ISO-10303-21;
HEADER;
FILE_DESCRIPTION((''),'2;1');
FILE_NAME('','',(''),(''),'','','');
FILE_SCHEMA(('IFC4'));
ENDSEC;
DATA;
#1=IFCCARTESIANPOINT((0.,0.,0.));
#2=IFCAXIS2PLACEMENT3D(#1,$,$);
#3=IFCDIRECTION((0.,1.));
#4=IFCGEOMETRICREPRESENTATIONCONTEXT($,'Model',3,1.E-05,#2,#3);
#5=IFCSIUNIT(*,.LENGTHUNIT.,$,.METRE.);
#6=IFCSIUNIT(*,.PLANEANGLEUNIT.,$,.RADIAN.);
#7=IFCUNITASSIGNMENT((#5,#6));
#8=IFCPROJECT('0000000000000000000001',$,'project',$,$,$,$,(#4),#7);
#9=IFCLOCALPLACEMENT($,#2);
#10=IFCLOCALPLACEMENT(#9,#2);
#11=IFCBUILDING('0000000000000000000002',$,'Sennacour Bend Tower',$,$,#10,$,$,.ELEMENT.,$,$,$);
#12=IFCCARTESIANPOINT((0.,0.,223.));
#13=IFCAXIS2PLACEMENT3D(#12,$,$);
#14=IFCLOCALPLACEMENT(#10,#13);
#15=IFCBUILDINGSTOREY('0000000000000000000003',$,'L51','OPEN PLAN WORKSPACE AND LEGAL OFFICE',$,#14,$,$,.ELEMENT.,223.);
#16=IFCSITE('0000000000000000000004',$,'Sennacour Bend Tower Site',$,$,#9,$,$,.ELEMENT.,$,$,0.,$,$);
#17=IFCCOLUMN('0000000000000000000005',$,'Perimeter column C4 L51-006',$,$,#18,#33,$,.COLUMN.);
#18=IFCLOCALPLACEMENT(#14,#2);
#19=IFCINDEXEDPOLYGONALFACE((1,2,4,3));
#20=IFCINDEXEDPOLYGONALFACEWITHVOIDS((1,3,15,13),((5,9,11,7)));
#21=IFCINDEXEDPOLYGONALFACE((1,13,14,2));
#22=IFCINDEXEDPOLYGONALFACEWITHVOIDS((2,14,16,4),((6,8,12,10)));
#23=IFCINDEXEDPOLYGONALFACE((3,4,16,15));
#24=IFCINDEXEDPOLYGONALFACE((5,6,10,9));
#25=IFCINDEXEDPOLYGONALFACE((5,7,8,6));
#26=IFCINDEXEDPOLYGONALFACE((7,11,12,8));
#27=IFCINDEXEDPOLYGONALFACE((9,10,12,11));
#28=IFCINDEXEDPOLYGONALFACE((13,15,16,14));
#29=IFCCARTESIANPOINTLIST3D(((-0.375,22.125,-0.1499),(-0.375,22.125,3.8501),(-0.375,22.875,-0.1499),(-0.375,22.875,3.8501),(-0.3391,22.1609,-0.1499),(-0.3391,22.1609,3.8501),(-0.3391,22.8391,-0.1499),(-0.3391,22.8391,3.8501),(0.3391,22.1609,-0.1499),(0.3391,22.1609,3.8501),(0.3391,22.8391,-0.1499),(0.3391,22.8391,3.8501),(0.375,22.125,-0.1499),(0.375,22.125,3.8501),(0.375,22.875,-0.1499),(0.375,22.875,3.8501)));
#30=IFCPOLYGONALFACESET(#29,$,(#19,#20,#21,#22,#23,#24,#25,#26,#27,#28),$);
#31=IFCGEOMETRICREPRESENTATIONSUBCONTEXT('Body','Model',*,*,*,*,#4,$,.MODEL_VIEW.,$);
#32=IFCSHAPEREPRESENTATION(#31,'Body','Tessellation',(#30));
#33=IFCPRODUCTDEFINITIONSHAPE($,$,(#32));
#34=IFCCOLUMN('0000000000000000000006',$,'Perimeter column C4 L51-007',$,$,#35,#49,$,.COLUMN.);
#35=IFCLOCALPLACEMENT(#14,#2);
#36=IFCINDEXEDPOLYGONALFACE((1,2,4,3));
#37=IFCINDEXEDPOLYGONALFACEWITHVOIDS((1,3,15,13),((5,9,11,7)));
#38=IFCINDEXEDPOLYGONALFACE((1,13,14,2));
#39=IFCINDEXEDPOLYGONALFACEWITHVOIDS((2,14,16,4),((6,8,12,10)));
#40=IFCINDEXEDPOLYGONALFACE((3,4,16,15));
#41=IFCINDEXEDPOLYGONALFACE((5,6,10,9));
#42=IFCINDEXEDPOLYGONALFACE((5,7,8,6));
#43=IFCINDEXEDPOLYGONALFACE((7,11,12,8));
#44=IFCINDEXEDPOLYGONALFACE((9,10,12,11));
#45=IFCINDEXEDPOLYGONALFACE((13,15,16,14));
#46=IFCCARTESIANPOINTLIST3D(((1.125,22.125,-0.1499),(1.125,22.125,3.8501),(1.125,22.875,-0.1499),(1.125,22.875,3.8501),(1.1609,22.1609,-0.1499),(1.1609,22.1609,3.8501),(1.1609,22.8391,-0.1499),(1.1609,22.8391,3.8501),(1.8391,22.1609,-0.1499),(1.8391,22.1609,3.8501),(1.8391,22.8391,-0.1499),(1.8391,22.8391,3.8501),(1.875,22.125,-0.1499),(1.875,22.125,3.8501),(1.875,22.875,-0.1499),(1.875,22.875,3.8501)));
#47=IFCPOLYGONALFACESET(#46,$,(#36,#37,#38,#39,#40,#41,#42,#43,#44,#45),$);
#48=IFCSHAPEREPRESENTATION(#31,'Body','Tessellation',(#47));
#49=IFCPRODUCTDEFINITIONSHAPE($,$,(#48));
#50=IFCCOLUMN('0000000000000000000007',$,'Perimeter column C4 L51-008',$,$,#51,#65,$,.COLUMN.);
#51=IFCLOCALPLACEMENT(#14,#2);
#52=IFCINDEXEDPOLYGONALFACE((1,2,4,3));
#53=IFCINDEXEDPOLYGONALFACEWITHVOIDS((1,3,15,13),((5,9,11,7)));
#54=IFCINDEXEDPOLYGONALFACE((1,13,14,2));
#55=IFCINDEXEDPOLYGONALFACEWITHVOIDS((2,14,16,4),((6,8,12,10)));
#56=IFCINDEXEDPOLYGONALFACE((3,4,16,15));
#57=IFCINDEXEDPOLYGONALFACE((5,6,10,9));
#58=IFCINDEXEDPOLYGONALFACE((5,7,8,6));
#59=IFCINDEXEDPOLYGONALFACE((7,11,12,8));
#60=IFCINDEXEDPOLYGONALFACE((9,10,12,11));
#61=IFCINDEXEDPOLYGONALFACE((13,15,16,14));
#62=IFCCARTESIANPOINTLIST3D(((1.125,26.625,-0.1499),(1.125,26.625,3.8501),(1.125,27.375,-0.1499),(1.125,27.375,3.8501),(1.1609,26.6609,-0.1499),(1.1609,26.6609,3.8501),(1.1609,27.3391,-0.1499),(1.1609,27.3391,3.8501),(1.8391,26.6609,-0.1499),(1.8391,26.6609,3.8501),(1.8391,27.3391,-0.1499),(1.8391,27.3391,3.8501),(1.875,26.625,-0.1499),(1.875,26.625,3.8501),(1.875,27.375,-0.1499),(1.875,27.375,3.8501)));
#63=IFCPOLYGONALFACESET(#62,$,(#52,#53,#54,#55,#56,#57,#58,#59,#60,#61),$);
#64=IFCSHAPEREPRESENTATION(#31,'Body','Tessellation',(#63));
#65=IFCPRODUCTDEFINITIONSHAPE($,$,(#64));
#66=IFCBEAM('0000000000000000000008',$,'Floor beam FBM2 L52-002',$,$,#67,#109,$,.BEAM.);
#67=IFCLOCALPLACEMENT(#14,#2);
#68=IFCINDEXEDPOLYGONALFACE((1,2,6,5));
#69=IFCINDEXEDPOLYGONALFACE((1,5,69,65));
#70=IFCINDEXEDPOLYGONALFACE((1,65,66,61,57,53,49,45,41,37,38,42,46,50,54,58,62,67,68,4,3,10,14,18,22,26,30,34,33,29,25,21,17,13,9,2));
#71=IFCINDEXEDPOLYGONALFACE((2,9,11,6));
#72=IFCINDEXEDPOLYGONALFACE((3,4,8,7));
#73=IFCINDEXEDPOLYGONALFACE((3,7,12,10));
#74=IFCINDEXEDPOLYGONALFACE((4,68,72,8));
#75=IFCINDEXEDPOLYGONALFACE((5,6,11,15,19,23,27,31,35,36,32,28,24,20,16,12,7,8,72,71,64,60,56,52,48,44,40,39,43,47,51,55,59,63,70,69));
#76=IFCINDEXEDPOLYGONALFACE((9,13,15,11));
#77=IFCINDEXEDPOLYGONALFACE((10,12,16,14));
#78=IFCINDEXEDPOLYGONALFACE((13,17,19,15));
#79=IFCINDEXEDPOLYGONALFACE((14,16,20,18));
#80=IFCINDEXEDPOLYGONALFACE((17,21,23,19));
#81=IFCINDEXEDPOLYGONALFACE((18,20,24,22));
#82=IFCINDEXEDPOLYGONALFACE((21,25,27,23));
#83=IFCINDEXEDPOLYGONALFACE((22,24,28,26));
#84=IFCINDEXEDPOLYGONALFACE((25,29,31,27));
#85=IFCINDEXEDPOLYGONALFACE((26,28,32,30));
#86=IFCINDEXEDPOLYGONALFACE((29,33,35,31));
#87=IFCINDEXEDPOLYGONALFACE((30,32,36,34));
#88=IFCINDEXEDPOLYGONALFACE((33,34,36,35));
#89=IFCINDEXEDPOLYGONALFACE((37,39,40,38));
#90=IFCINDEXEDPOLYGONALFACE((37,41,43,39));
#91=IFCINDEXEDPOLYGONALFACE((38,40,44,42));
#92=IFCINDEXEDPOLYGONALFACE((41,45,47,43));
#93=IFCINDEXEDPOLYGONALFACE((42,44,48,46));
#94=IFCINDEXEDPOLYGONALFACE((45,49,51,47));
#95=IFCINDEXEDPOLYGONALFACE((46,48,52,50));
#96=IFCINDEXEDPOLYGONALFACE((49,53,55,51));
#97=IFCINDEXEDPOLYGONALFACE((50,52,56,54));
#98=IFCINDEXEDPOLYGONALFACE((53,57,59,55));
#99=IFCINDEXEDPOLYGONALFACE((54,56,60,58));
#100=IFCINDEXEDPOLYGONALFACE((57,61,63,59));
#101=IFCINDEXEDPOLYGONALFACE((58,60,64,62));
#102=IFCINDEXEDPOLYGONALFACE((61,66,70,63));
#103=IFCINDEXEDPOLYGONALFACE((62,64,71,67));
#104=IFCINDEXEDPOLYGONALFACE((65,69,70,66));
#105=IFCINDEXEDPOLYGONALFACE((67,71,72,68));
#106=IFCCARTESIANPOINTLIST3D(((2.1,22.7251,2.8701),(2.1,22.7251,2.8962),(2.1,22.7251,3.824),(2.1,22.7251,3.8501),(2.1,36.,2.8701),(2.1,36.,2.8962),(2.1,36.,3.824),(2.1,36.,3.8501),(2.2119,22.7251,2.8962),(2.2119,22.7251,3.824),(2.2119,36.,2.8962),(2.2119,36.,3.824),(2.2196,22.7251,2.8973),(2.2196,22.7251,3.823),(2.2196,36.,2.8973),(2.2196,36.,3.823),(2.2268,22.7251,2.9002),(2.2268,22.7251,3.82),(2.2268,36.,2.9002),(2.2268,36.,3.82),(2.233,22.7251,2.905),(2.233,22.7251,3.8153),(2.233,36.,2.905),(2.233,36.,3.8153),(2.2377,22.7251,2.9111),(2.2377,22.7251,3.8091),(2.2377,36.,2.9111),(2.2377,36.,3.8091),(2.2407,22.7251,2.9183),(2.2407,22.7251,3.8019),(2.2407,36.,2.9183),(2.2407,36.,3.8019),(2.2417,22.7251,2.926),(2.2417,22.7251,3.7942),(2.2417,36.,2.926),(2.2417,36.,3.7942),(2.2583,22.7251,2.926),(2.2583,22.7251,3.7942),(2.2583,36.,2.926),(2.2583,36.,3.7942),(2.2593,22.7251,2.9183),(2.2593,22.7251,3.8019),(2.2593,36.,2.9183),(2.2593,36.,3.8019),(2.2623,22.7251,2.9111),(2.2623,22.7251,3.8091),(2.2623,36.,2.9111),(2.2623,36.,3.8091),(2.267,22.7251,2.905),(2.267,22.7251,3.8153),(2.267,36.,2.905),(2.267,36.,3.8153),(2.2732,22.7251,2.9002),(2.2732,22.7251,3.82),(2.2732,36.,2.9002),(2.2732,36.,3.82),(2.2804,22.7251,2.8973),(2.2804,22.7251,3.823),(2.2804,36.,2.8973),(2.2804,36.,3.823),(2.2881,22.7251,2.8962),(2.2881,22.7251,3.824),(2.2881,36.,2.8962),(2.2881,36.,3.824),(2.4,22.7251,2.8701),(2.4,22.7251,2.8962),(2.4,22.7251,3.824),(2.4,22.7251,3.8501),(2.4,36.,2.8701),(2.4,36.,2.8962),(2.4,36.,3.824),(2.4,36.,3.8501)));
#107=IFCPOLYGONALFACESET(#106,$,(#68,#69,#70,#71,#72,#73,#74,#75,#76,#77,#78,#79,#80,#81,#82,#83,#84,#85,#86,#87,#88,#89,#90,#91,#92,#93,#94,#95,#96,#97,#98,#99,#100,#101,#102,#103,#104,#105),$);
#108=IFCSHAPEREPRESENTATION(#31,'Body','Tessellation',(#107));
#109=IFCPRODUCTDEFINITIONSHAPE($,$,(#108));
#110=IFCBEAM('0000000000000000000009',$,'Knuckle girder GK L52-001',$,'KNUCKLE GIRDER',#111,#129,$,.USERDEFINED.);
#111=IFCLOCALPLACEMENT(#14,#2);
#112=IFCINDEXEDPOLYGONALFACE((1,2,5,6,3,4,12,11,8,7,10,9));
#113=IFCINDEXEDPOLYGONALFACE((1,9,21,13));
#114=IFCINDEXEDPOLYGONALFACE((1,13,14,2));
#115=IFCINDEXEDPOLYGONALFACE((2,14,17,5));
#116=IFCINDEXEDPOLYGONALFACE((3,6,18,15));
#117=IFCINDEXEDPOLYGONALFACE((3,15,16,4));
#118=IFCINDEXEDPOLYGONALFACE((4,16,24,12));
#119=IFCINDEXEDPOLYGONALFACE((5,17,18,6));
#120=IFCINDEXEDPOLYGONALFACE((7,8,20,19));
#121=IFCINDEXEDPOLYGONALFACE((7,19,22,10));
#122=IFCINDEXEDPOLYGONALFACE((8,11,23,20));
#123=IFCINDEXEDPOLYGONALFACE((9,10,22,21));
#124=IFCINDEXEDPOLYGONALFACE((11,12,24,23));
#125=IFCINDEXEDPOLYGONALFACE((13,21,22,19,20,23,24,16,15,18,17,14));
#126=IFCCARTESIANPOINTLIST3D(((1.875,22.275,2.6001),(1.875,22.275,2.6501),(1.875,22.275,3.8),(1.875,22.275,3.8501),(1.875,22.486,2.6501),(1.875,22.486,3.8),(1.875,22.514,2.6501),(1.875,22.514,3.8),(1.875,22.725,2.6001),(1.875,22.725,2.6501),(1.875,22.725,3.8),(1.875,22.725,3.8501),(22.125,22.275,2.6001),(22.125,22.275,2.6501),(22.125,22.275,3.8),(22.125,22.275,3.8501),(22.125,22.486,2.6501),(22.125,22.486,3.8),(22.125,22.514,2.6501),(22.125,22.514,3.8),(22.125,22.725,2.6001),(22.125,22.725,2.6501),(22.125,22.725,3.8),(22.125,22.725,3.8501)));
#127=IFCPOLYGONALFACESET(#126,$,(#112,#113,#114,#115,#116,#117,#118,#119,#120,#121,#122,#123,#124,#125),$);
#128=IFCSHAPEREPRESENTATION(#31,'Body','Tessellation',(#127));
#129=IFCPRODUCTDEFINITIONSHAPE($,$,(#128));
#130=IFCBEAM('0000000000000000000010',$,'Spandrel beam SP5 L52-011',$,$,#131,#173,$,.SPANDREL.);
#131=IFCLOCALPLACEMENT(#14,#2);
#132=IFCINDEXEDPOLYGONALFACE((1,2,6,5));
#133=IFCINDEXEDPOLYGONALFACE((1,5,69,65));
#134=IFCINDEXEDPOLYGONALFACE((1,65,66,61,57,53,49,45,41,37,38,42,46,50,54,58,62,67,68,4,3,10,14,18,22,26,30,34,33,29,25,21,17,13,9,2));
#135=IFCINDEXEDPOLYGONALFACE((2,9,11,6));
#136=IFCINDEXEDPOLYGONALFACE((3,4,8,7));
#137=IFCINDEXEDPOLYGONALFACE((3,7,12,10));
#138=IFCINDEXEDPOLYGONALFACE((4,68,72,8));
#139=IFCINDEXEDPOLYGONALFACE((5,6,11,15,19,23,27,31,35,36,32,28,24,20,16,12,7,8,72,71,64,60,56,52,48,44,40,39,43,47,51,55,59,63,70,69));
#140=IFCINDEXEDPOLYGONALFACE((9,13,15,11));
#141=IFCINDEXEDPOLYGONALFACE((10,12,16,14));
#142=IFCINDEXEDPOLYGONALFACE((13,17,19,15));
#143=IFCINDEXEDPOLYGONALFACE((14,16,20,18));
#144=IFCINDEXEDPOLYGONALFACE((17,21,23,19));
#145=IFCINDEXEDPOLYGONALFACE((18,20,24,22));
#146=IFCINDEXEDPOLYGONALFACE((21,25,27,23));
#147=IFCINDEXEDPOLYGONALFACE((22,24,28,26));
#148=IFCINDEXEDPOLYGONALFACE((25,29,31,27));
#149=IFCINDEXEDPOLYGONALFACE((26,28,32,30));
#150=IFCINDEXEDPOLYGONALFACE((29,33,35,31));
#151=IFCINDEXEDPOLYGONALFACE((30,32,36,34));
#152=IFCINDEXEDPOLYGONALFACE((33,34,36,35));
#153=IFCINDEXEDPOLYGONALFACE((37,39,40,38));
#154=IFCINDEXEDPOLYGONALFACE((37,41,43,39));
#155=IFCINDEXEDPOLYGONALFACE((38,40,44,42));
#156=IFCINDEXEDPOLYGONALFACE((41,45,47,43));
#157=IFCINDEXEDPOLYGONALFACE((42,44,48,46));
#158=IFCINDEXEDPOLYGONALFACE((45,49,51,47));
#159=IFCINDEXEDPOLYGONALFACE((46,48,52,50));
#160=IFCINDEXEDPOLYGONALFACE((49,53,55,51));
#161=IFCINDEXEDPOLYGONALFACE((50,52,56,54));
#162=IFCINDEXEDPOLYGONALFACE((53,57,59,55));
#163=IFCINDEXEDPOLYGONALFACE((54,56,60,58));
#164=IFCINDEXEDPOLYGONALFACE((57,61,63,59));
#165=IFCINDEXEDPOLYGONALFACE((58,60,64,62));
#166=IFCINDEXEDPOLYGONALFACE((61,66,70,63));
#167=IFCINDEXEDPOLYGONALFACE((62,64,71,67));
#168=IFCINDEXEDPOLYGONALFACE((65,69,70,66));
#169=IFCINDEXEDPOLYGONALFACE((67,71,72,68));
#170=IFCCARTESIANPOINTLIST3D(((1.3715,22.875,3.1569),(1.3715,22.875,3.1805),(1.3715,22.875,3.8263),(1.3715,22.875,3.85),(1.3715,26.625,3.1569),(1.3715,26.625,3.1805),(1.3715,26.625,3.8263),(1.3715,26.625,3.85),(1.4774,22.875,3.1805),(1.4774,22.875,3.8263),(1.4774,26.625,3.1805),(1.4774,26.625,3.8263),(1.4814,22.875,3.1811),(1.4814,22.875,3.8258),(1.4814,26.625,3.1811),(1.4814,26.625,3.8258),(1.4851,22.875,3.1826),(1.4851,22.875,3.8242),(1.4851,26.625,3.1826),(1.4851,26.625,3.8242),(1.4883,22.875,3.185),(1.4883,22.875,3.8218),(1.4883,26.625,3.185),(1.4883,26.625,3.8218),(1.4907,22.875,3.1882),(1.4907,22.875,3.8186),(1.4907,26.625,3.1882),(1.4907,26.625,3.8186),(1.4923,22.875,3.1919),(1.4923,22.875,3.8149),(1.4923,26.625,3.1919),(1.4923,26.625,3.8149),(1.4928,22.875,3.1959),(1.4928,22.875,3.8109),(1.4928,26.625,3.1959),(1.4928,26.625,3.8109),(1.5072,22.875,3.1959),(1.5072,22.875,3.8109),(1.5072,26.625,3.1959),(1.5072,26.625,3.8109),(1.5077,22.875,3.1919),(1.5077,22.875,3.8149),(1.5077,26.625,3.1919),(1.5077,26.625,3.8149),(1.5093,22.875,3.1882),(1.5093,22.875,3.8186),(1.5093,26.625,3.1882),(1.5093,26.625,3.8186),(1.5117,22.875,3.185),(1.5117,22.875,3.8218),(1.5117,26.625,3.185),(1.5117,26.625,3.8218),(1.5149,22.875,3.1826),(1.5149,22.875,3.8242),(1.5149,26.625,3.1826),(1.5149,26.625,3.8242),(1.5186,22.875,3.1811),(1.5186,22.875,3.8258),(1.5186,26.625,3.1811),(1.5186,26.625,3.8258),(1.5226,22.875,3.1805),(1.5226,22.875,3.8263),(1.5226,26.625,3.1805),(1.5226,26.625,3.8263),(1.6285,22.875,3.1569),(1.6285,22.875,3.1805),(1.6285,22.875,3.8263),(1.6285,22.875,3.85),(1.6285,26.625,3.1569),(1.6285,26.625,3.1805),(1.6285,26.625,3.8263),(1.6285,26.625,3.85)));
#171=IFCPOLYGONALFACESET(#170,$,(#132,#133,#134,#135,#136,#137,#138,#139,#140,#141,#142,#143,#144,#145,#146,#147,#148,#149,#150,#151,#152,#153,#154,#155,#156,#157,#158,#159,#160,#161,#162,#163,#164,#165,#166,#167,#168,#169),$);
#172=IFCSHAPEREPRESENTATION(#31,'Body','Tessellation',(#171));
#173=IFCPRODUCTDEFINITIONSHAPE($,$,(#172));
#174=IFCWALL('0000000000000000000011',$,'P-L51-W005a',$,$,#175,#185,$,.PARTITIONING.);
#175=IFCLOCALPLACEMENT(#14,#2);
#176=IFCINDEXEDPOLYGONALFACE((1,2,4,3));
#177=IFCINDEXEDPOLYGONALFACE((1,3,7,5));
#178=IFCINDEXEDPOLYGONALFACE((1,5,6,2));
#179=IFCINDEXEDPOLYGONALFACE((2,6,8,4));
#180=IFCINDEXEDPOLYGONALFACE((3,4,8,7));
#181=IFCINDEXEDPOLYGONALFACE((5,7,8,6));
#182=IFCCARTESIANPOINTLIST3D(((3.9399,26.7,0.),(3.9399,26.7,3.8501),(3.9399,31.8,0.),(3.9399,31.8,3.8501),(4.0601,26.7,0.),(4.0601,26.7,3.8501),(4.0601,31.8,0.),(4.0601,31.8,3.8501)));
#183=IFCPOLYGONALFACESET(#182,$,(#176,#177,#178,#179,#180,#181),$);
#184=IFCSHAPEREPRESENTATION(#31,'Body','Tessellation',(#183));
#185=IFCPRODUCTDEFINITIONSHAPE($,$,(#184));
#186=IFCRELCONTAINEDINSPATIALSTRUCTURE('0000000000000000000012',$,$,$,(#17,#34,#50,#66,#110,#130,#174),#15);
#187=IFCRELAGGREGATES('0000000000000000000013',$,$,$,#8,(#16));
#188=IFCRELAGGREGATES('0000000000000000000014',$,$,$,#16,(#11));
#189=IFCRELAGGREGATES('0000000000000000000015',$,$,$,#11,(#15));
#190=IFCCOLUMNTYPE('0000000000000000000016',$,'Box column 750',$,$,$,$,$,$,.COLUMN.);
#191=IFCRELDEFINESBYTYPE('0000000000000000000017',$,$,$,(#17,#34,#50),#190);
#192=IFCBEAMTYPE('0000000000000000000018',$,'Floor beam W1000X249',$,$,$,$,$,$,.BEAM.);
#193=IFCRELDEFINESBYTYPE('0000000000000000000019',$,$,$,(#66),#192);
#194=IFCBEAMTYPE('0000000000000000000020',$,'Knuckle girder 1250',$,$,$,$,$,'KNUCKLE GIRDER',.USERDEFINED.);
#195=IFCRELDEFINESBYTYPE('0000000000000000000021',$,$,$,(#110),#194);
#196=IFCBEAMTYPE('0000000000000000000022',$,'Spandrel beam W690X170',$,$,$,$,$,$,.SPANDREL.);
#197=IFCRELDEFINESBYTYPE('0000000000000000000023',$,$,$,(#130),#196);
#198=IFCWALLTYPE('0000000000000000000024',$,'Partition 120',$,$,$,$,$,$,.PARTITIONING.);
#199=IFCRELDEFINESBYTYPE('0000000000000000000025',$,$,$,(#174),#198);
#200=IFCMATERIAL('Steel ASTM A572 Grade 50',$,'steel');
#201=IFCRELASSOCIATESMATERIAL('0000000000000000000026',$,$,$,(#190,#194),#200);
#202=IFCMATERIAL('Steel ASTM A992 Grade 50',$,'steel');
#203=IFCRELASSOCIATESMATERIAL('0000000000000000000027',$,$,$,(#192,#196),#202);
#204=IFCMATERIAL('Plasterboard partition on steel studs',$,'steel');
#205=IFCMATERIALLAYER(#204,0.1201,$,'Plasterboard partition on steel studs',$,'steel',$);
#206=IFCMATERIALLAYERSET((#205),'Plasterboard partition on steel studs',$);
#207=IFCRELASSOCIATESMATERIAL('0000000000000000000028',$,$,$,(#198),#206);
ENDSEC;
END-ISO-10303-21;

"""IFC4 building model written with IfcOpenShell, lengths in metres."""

from ifc_helpers import new_model, si_unit, direction, frame, frame_2d, origin, origin_2d, place, context, subcontext, project, spatial, rectangle, hollow_rectangle, i_section, extrude, material, layer, layer_set, material_profile, profile_set, type_object, element, save


model = new_model("IFC4")

# Units and contexts
model_context = context("Model", 3, precision=1e-05, world=origin(), true_north=direction((0.0, 1.0)))
body_context = subcontext(model_context, "Body", "Model", "MODEL_VIEW")
ifc_project = project(units=[si_unit("LENGTHUNIT", "METRE"), si_unit("PLANEANGLEUNIT", "RADIAN")], contexts=[model_context])

# Site, building, storey
site_placement = place(None, origin())
site = spatial("IfcSite", under=ifc_project, at=site_placement, Name="Sennacour Bend Tower Site", CompositionType="ELEMENT", RefElevation=0.0)
building_placement = place(site_placement, origin())
building = spatial("IfcBuilding", under=site, at=building_placement, Name="Sennacour Bend Tower", CompositionType="ELEMENT")
storey_placement = place(building_placement, frame((0.0, 0.0, 223.0)))
storey = spatial("IfcBuildingStorey", under=building, at=storey_placement, Name="L51", Description="OPEN PLAN WORKSPACE AND LEGAL OFFICE", CompositionType="ELEMENT", Elevation=223.0)

# Columns
ifc_material_1 = material(Name="Steel ASTM A572 Grade 50", Category="steel")
ifc_material_profile_1 = material_profile(ifc_material_1, hollow_rectangle(XDim=0.75, YDim=0.75, WallThickness=0.0359, at=origin_2d()), Name="Steel ASTM A572 Grade 50", Category="steel")
ifc_profile_set_1 = profile_set([ifc_material_profile_1], Name="Steel ASTM A572 Grade 50")
column_type = type_object("IfcColumnType", Name="Box column 750", PredefinedType="COLUMN", material=ifc_profile_set_1)
for number, where, z_axis, x_axis, name in (
    (1, (0.0, 22.5, -0.1499), (0.0, 0.0, 1.0), (1.0, 0.0, 0.0), "Perimeter column C4 L51-006"),
    (2, (1.5, 22.5, -0.1499), (0.0, 0.0, 1.0), (1.0, 0.0, 0.0), "Perimeter column C4 L51-007"),
    (3, (1.5, 27.0, -0.1499), (0.0, 0.0, 1.0), (1.0, 0.0, 0.0), "Perimeter column C4 L51-008"),
):
    element("IfcColumn", number, at=place(storey_placement, frame(where, z_axis=z_axis, x_axis=x_axis)), inside=storey, type_object=column_type, Name=name, PredefinedType="COLUMN", context=body_context, shape_type="SweptSolid", body=[
        extrude(hollow_rectangle(XDim=0.75, YDim=0.75, WallThickness=0.0359, at=origin_2d()), origin(), (0.0, 0.0, 1.0), 4.0),
    ])

# Beams
ifc_material_2 = material(Name="Steel ASTM A992 Grade 50", Category="steel")
ifc_material_profile_2 = material_profile(ifc_material_2, i_section(OverallWidth=0.3, OverallDepth=0.98, WebThickness=0.0166, FlangeThickness=0.0261, FilletRadius=0.0298, at=origin_2d()), Name="Steel ASTM A992 Grade 50", Category="steel")
ifc_profile_set_2 = profile_set([ifc_material_profile_2], Name="Steel ASTM A992 Grade 50")
beam_type_1 = type_object("IfcBeamType", Name="Floor beam W1000X249", PredefinedType="BEAM", material=ifc_profile_set_2)
beam_1_placement = place(storey_placement, frame((2.25, 22.7251, 3.3601), z_axis=(0.0, 1.0, 0.0), x_axis=(-1.0, 0.0, 0.0)))
element("IfcBeam", 4, at=beam_1_placement, inside=storey, type_object=beam_type_1, Name="Floor beam FBM2 L52-002", PredefinedType="BEAM", context=body_context, shape_type="SweptSolid", body=[
    extrude(i_section(OverallWidth=0.3, OverallDepth=0.98, WebThickness=0.0166, FlangeThickness=0.0261, FilletRadius=0.0298, at=origin_2d()), origin(), (0.0, 0.0, 1.0), 13.2749),
])
ifc_material_profile_3 = material_profile(ifc_material_1, i_section(OverallWidth=0.45, OverallDepth=1.25, WebThickness=0.0281, FlangeThickness=0.05, at=origin_2d()), Name="Steel ASTM A572 Grade 50", Category="steel")
ifc_profile_set_3 = profile_set([ifc_material_profile_3], Name="Steel ASTM A572 Grade 50")
beam_type_2 = type_object("IfcBeamType", Name="Knuckle girder 1250", ElementType="KNUCKLE GIRDER", PredefinedType="USERDEFINED", material=ifc_profile_set_3)
beam_2_placement = place(storey_placement, frame((1.875, 22.5, 3.2251), z_axis=(1.0, 0.0, 0.0), x_axis=(0.0, 1.0, 0.0)))
element("IfcBeam", 5, at=beam_2_placement, inside=storey, type_object=beam_type_2, Name="Knuckle girder GK L52-001", ObjectType="KNUCKLE GIRDER", PredefinedType="USERDEFINED", context=body_context, shape_type="SweptSolid", body=[
    extrude(i_section(OverallWidth=0.45, OverallDepth=1.25, WebThickness=0.0281, FlangeThickness=0.05, at=origin_2d()), origin(), (0.0, 0.0, 1.0), 20.25),
])
ifc_material_profile_4 = material_profile(ifc_material_2, i_section(OverallWidth=0.2571, OverallDepth=0.6931, WebThickness=0.0144, FlangeThickness=0.0237, FilletRadius=0.0154, at=origin_2d()), Name="Steel ASTM A992 Grade 50", Category="steel")
ifc_profile_set_4 = profile_set([ifc_material_profile_4], Name="Steel ASTM A992 Grade 50")
beam_type_3 = type_object("IfcBeamType", Name="Spandrel beam W690X170", PredefinedType="SPANDREL", material=ifc_profile_set_4)
beam_3_placement = place(storey_placement, frame((1.5, 22.875, 3.5034), z_axis=(0.0, 1.0, 0.0), x_axis=(-1.0, 0.0, 0.0)))
element("IfcBeam", 6, at=beam_3_placement, inside=storey, type_object=beam_type_3, Name="Spandrel beam SP5 L52-011", PredefinedType="SPANDREL", context=body_context, shape_type="SweptSolid", body=[
    extrude(i_section(OverallWidth=0.2571, OverallDepth=0.6931, WebThickness=0.0144, FlangeThickness=0.0237, FilletRadius=0.0154, at=origin_2d()), origin(), (0.0, 0.0, 1.0), 3.75),
])

# Wall
ifc_material_3 = material(Name="Plasterboard partition on steel studs", Category="steel")
ifc_layer_1 = layer(ifc_material_3, 0.1201, Name="Plasterboard partition on steel studs", Category="steel")
ifc_layer_set_1 = layer_set([ifc_layer_1], Name="Plasterboard partition on steel studs")
wall_type_1 = type_object("IfcWallType", Name="Partition 120", PredefinedType="PARTITIONING", material=ifc_layer_set_1)
wall_1_placement = place(storey_placement, frame((4.0, 26.7, 0.0), z_axis=(0.0, 0.0, 1.0), x_axis=(0.0, 1.0, 0.0)))
element("IfcWall", 7, at=wall_1_placement, inside=storey, type_object=wall_type_1, Name="P-L51-W005a", PredefinedType="PARTITIONING", context=body_context, shape_type="SweptSolid", body=[
    extrude(rectangle(XDim=5.1001, YDim=0.1201, at=frame_2d((2.55, 0.0))), origin(), (0.0, 0.0, 1.0), 3.8501),
])

save(model, "model.ifc")
